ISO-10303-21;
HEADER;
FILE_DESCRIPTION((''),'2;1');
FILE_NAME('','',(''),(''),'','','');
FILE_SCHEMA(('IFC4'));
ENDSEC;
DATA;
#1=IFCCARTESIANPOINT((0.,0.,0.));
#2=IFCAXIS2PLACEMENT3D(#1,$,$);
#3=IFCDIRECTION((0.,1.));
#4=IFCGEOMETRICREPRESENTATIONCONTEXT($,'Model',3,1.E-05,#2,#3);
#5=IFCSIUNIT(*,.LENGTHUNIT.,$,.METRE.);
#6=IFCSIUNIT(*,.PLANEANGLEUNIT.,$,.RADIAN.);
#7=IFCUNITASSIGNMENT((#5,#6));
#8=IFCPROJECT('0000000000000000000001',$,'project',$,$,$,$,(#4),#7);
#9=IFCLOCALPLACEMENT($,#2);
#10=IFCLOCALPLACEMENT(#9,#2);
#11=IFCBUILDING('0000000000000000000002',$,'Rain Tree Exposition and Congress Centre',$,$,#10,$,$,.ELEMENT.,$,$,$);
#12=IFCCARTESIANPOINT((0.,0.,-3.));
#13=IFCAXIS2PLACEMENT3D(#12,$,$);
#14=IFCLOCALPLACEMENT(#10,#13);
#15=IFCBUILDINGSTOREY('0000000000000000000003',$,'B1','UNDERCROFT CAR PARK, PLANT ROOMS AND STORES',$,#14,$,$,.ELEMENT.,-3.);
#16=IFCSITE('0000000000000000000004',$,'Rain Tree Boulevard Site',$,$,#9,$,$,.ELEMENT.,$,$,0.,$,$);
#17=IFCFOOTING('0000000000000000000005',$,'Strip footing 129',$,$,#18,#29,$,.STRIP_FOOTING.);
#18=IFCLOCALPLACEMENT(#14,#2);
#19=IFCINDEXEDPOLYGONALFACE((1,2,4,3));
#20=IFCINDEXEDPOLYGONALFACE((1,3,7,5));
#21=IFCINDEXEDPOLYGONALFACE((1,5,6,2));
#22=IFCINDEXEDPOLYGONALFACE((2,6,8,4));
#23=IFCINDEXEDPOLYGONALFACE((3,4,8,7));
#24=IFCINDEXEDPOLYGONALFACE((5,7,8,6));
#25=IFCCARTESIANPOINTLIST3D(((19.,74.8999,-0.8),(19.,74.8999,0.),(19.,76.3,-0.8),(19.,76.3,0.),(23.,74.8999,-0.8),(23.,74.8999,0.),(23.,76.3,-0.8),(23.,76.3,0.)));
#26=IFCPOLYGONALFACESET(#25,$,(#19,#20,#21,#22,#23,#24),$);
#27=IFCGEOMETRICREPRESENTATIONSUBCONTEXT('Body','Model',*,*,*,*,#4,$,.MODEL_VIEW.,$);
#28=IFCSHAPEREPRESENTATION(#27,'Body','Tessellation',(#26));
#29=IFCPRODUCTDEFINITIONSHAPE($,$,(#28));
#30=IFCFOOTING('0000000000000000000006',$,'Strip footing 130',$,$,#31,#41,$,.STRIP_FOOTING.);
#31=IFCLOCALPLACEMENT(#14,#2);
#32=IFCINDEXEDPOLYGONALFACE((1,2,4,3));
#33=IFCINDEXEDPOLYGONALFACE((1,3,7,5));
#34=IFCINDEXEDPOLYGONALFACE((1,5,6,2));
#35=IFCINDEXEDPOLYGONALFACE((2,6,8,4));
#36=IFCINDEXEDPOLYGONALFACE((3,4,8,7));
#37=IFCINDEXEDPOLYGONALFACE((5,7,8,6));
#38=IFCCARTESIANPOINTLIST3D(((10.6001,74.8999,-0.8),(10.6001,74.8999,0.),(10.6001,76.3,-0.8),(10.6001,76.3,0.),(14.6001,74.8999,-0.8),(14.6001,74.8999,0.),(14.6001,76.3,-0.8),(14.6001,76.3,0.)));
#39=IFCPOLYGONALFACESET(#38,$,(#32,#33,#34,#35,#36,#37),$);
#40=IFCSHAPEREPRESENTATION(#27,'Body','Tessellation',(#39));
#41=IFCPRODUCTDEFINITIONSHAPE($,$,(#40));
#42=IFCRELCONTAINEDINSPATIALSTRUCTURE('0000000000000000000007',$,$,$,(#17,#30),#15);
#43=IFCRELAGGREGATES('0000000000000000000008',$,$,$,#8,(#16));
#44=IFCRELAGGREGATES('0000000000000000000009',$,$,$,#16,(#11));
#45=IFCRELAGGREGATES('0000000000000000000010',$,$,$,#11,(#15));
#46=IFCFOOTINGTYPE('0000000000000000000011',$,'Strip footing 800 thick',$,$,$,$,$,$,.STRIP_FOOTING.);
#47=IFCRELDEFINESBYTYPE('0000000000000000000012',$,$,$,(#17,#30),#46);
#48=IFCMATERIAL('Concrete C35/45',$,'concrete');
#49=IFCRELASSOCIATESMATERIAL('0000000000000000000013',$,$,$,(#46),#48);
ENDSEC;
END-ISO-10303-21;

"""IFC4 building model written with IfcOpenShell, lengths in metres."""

from ifc_helpers import new_model, si_unit, direction, frame, origin, place, context, subcontext, project, spatial, polyline, outline, extrude, material, type_object, element, save


model = new_model("IFC4")

# Units and contexts
model_context = context("Model", 3, precision=1e-05, world=origin(), true_north=direction((0.0, 1.0)))
body_context = subcontext(model_context, "Body", "Model", "MODEL_VIEW")
ifc_project = project(units=[si_unit("LENGTHUNIT", "METRE"), si_unit("PLANEANGLEUNIT", "RADIAN")], contexts=[model_context])

# Site, building, storey
site_placement = place(None, origin())
site = spatial("IfcSite", under=ifc_project, at=site_placement, Name="Rain Tree Boulevard Site", CompositionType="ELEMENT", RefElevation=0.0)
building_placement = place(site_placement, origin())
building = spatial("IfcBuilding", under=site, at=building_placement, Name="Rain Tree Exposition and Congress Centre", CompositionType="ELEMENT")
storey_placement = place(building_placement, frame((0.0, 0.0, -3.0)))
storey = spatial("IfcBuildingStorey", under=building, at=storey_placement, Name="B1", Description="UNDERCROFT CAR PARK, PLANT ROOMS AND STORES", CompositionType="ELEMENT", Elevation=-3.0)

# Footings
ifc_material_1 = material(Name="Concrete C35/45", Category="concrete")
footing_type_1 = type_object("IfcFootingType", Name="Strip footing 800 thick", PredefinedType="STRIP_FOOTING", material=ifc_material_1)
footing_1_placement = place(storey_placement, frame((0.0, 0.0, -0.8)))
element("IfcFooting", 1, at=footing_1_placement, inside=storey, type_object=footing_type_1, Name="Strip footing 129", PredefinedType="STRIP_FOOTING", context=body_context, shape_type="SweptSolid", body=[
    extrude(outline(polyline([(23.0, 74.8999), (23.0, 76.3), (19.0, 76.3), (19.0, 74.8999), (23.0, 74.8999)])), origin(), (0.0, 0.0, 1.0), 0.8),
])
footing_2_placement = place(storey_placement, frame((0.0, 0.0, -0.8)))
element("IfcFooting", 2, at=footing_2_placement, inside=storey, type_object=footing_type_1, Name="Strip footing 130", PredefinedType="STRIP_FOOTING", context=body_context, shape_type="SweptSolid", body=[
    extrude(outline(polyline([(14.6001, 74.8999), (14.6001, 76.3), (10.6001, 76.3), (10.6001, 74.8999), (14.6001, 74.8999)])), origin(), (0.0, 0.0, 1.0), 0.8),
])

save(model, "model.ifc")
